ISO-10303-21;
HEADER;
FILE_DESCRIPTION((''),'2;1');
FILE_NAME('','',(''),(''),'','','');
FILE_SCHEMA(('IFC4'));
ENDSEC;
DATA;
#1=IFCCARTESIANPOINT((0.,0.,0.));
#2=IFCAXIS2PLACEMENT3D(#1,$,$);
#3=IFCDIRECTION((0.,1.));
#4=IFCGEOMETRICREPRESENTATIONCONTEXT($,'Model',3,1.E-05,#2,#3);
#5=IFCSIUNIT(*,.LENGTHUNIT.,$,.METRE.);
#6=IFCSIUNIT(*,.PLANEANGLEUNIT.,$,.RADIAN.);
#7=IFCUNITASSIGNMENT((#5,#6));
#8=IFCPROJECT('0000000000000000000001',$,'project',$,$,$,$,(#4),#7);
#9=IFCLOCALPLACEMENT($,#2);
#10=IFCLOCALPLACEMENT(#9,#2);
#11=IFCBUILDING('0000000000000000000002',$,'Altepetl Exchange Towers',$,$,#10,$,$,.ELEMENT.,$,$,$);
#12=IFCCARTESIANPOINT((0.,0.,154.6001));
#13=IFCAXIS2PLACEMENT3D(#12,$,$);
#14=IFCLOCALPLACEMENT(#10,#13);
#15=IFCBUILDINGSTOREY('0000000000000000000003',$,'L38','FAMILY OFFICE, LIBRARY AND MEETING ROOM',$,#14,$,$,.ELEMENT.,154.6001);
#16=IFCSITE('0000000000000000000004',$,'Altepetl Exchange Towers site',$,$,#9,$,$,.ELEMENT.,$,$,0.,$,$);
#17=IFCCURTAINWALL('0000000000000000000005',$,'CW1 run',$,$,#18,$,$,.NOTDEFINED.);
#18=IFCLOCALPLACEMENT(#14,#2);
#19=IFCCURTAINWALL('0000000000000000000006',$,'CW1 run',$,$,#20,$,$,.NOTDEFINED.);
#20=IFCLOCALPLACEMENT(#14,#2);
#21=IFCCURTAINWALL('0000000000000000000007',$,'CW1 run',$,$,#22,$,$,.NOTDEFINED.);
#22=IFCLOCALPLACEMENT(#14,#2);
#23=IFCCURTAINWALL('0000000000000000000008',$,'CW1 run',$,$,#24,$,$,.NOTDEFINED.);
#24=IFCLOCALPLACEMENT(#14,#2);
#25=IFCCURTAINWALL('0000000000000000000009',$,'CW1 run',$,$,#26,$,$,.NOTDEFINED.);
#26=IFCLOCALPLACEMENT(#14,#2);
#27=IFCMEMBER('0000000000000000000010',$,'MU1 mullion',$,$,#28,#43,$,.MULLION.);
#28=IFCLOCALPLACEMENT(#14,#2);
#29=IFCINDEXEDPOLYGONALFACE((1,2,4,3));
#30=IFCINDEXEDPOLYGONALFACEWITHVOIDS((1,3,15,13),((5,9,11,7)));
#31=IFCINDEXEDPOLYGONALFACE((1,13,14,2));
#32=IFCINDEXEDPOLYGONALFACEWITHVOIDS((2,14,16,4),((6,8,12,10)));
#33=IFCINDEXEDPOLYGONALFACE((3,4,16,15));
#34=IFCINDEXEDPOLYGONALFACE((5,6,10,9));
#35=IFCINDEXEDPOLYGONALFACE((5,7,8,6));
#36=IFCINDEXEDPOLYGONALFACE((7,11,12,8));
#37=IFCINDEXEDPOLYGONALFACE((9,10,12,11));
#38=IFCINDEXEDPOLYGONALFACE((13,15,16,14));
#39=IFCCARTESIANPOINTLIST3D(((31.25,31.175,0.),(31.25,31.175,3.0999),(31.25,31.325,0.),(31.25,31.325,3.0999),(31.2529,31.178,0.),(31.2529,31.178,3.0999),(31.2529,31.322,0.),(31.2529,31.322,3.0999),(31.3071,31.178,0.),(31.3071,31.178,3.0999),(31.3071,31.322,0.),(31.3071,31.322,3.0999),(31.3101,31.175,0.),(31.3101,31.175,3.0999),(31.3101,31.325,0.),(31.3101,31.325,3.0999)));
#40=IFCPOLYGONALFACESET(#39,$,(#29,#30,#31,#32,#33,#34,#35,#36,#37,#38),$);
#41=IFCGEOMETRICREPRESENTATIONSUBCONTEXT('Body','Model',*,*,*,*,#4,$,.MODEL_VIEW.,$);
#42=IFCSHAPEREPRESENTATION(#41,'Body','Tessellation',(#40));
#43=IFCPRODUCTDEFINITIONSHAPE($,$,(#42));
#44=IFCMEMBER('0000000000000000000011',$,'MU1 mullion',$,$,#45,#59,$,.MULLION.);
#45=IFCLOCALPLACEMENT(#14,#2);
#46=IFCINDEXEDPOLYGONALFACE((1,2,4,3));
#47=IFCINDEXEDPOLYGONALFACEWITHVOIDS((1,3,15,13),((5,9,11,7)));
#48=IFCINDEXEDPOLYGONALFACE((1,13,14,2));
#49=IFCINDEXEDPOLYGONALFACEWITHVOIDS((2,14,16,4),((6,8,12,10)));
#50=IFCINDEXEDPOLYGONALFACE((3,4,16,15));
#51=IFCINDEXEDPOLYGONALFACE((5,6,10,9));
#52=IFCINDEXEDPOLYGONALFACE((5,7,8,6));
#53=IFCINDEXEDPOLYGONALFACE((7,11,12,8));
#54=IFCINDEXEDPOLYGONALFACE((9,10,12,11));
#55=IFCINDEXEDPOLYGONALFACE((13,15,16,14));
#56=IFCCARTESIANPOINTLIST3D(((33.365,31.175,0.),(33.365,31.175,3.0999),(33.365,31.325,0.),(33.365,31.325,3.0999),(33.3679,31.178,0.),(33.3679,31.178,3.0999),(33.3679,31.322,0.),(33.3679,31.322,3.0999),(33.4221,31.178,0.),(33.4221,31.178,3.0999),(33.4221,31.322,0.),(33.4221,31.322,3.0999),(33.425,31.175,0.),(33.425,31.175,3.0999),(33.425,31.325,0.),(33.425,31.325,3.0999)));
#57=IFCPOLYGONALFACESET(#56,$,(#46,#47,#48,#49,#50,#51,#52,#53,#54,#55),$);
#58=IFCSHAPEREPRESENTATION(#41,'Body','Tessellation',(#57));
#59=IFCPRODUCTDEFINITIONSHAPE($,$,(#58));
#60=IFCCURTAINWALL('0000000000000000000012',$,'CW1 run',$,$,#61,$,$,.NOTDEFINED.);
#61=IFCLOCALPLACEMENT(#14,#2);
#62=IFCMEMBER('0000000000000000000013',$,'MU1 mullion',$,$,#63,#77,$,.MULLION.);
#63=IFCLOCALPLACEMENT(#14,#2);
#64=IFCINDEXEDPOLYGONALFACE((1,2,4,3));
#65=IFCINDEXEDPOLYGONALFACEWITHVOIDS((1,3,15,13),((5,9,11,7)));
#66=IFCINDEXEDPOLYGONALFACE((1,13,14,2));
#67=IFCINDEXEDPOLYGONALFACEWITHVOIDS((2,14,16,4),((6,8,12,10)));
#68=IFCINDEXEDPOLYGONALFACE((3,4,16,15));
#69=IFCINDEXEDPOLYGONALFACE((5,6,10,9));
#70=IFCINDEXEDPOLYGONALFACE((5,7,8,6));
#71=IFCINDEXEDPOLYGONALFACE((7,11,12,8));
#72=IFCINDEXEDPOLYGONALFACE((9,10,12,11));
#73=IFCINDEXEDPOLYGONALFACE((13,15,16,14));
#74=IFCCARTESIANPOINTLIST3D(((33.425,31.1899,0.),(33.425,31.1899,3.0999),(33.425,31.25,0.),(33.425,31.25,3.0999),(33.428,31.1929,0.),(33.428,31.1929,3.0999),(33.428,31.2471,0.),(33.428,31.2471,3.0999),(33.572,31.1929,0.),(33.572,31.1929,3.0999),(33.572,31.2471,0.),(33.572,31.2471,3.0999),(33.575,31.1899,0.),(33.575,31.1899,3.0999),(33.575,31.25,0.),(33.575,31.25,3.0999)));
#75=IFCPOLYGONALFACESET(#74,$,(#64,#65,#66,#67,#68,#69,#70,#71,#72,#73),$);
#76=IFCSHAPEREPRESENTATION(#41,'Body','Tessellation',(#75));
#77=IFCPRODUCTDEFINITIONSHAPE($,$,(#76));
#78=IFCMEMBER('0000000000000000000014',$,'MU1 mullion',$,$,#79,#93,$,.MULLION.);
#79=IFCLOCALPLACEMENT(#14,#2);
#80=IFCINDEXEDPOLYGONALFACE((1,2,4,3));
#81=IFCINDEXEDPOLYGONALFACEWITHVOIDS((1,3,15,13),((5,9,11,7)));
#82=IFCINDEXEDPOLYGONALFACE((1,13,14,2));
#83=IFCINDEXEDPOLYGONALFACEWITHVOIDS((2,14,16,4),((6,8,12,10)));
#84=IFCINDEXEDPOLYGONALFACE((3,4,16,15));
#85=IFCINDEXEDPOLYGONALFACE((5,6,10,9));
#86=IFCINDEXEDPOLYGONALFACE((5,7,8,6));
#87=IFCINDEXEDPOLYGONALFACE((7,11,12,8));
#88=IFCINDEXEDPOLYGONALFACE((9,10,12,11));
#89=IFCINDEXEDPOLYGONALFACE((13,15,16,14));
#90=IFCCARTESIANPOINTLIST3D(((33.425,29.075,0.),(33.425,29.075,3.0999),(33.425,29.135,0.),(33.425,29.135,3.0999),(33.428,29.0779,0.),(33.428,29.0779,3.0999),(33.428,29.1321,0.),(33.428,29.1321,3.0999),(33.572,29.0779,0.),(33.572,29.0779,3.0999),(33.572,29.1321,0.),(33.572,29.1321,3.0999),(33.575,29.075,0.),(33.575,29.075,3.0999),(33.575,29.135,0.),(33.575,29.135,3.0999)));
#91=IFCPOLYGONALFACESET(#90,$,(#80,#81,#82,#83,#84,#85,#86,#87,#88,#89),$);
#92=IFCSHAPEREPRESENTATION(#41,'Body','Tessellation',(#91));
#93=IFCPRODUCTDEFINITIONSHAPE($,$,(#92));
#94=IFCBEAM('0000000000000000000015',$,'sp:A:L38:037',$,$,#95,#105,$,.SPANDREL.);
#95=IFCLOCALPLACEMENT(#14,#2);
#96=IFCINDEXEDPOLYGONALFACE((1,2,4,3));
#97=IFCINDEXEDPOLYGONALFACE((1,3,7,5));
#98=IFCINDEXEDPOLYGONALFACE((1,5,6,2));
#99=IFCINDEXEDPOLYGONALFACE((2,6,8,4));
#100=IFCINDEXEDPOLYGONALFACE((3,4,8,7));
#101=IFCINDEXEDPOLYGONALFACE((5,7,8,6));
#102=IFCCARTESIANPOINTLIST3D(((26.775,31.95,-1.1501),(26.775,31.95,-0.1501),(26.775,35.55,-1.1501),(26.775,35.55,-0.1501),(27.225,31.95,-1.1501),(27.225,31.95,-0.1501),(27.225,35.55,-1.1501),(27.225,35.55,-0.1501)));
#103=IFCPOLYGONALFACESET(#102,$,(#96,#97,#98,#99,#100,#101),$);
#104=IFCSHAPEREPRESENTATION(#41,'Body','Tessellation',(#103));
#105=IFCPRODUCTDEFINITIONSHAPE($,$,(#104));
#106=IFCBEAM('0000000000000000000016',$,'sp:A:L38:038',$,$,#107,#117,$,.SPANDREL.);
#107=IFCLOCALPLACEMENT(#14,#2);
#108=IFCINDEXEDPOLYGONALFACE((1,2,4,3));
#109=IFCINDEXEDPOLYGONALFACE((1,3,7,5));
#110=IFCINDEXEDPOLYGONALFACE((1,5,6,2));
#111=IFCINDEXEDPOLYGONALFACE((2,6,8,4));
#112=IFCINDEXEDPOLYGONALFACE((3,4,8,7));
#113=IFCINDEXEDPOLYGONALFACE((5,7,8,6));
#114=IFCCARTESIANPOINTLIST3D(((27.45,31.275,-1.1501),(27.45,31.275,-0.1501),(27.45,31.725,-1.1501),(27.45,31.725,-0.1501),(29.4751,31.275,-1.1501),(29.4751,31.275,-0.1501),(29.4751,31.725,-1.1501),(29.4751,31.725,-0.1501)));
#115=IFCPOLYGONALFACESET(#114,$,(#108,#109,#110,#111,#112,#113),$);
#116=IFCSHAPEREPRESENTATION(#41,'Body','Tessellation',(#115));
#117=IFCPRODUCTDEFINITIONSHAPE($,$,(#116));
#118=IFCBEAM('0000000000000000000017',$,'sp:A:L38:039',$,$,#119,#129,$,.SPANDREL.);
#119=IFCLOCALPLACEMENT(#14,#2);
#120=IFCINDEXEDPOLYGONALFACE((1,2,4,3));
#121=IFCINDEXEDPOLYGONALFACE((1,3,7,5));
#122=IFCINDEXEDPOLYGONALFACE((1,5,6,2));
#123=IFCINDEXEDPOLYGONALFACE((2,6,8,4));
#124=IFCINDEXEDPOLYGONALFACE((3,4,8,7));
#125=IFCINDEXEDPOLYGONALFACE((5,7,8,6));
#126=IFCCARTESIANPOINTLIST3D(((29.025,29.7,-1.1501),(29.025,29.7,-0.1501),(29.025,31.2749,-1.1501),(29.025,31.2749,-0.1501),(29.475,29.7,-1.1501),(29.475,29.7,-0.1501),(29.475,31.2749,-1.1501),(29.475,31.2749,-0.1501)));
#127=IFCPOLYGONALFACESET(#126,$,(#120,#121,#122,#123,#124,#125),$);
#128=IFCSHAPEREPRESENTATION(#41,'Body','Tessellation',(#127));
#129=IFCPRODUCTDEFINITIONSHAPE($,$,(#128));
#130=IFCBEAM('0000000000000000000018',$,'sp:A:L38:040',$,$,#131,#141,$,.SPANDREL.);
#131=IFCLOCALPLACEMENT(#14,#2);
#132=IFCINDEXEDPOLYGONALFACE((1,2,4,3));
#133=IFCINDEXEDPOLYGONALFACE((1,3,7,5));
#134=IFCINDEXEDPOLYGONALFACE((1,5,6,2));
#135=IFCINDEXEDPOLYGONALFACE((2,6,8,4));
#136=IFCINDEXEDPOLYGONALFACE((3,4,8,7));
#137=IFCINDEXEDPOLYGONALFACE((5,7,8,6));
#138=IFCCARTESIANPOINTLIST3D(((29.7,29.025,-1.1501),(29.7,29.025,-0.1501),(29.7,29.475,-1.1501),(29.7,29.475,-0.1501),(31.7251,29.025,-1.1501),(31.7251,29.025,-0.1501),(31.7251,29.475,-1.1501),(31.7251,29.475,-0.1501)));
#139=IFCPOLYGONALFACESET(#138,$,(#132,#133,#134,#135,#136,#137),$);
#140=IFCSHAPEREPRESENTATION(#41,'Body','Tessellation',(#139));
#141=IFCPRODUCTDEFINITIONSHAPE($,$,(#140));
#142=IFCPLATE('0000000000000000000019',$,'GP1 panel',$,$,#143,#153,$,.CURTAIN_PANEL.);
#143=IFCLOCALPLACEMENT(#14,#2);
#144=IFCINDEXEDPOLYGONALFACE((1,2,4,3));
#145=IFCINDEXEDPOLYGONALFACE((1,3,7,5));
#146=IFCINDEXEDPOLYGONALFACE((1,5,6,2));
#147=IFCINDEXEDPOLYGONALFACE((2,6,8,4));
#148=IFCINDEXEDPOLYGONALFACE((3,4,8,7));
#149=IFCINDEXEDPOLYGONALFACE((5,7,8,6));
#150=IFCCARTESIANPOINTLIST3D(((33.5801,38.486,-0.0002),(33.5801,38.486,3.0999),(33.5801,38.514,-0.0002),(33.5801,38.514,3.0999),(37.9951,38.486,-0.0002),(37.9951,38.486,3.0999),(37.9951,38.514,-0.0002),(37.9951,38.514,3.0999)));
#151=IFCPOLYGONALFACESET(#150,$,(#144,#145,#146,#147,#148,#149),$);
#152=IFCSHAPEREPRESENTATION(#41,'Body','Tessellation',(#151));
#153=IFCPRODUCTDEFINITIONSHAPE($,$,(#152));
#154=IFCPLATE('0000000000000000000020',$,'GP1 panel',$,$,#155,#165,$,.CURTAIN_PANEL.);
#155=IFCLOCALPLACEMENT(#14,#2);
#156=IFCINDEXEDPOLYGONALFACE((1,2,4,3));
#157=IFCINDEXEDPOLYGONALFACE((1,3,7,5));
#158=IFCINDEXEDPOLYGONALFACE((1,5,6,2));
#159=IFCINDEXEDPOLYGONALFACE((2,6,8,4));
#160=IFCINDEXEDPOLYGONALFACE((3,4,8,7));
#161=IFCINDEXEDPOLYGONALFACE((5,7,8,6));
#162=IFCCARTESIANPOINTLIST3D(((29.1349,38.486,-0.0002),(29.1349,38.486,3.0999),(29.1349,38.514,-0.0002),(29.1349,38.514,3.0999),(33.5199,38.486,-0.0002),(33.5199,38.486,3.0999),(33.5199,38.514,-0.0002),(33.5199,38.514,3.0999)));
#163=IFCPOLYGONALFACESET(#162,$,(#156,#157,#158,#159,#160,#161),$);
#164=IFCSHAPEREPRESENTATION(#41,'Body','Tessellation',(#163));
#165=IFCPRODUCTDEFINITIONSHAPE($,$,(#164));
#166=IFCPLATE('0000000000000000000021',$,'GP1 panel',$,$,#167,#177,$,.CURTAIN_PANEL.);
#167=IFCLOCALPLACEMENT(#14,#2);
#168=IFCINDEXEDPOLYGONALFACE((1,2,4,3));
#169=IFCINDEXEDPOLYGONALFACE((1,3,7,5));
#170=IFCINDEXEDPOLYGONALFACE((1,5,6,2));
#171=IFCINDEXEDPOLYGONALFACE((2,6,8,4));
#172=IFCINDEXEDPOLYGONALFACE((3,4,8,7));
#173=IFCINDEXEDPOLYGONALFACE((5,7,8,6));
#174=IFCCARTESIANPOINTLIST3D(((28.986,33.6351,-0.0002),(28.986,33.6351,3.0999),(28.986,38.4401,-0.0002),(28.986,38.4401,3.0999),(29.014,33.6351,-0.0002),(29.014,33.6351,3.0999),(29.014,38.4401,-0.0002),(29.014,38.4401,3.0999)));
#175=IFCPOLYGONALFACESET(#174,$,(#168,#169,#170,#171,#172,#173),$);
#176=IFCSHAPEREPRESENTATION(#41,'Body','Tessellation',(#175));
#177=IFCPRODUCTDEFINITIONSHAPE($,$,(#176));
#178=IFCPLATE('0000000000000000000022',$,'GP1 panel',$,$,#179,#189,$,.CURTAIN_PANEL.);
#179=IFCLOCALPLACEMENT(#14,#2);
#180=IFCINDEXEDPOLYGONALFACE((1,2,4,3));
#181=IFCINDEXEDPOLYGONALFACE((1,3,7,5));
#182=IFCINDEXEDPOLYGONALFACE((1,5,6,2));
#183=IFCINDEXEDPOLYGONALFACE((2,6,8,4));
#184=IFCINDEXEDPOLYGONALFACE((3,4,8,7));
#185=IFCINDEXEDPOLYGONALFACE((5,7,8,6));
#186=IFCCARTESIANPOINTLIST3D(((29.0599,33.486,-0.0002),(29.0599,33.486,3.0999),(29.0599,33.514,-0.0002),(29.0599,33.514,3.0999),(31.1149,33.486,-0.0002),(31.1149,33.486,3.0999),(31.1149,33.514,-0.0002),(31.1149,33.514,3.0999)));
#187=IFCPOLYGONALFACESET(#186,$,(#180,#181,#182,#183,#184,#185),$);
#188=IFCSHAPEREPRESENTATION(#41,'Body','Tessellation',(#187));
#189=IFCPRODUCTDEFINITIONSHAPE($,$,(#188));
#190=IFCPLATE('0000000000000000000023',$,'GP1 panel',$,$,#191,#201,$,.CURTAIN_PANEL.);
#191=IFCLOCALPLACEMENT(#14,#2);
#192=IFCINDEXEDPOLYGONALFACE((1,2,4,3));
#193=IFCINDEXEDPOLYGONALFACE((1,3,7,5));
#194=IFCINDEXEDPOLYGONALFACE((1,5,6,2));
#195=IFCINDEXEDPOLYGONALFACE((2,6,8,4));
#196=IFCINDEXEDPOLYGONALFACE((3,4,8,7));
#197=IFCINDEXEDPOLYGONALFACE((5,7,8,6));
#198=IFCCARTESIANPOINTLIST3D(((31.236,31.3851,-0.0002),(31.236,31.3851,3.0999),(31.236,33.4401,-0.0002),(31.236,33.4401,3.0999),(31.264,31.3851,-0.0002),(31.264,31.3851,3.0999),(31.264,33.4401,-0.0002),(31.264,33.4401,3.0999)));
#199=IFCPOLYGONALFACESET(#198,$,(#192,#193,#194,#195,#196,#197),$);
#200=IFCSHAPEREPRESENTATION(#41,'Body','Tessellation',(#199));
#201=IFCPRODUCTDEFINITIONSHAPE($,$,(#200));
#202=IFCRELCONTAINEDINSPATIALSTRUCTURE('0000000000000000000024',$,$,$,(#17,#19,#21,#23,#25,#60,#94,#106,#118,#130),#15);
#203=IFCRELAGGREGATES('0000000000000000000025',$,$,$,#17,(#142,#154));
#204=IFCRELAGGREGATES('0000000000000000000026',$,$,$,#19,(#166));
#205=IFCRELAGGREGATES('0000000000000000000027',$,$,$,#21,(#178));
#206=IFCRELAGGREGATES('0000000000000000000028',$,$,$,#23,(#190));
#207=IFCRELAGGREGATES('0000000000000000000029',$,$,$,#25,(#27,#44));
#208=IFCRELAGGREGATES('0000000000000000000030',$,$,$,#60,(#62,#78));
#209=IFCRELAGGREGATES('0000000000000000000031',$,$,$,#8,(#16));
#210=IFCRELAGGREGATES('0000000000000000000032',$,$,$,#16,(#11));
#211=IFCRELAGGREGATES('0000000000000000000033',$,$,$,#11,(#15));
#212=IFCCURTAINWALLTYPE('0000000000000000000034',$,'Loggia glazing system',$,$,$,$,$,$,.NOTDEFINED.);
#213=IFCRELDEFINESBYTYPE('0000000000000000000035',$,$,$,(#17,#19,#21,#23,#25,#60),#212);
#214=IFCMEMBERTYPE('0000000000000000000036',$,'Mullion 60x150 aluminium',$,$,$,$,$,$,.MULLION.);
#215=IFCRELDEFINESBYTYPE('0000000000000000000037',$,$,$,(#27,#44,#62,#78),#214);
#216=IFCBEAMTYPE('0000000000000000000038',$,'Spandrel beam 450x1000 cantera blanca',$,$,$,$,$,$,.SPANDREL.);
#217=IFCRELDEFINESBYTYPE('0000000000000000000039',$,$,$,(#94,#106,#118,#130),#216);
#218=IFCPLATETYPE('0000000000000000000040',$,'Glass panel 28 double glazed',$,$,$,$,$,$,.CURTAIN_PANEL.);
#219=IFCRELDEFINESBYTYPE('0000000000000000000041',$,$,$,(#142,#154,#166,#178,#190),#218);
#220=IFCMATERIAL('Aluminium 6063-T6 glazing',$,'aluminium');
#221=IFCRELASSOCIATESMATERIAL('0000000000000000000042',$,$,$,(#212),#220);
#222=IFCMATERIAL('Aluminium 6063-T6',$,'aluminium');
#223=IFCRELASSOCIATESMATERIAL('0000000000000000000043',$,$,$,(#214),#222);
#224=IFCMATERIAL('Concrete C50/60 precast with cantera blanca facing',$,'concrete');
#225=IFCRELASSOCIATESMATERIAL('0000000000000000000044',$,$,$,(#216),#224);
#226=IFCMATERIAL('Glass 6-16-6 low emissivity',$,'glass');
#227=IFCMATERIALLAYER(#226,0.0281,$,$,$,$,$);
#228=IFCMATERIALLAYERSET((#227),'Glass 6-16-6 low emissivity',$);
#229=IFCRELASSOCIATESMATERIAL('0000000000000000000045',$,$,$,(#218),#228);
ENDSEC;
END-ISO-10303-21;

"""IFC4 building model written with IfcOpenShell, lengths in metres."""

from ifc_helpers import new_model, si_unit, direction, frame, origin, origin_2d, place, context, subcontext, project, spatial, rectangle, hollow_rectangle, extrude, material, layer, layer_set, material_profile, profile_set, type_object, element, aggregate, save


model = new_model("IFC4")

# Units and contexts
model_context = context("Model", 3, precision=1e-05, world=origin(), true_north=direction((0.0, 1.0)))
body_context = subcontext(model_context, "Body", "Model", "MODEL_VIEW")
ifc_project = project(units=[si_unit("LENGTHUNIT", "METRE"), si_unit("PLANEANGLEUNIT", "RADIAN")], contexts=[model_context])

# Site, building, storey
site_placement = place(None, origin())
site = spatial("IfcSite", under=ifc_project, at=site_placement, Name="Altepetl Exchange Towers site", CompositionType="ELEMENT", RefElevation=0.0)
building_placement = place(site_placement, origin())
building = spatial("IfcBuilding", under=site, at=building_placement, Name="Altepetl Exchange Towers", CompositionType="ELEMENT")
storey_placement = place(building_placement, frame((0.0, 0.0, 154.6001)))
storey = spatial("IfcBuildingStorey", under=building, at=storey_placement, Name="L38", Description="FAMILY OFFICE, LIBRARY AND MEETING ROOM", CompositionType="ELEMENT", Elevation=154.6001)

# Curtain walls, members
ifc_material_1 = material(Name="Aluminium 6063-T6 glazing", Category="aluminium")
curtain_wall_type = type_object("IfcCurtainWallType", Name="Loggia glazing system", PredefinedType="NOTDEFINED", material=ifc_material_1)
curtain_wall_1_placement = place(storey_placement, origin())
curtain_wall_1 = element("IfcCurtainWall", 1, at=curtain_wall_1_placement, inside=storey, type_object=curtain_wall_type, Name="CW1 run", PredefinedType="NOTDEFINED")
ifc_material_2 = material(Name="Aluminium 6063-T6", Category="aluminium")
ifc_material_profile_1 = material_profile(ifc_material_2, hollow_rectangle(XDim=0.0601, YDim=0.1499, WallThickness=0.0029, at=origin_2d()), Name="Mullion 60x150 aluminium")
ifc_profile_set_1 = profile_set([ifc_material_profile_1], Name="Aluminium 6063-T6")
member_type = type_object("IfcMemberType", Name="Mullion 60x150 aluminium", PredefinedType="MULLION", material=ifc_profile_set_1)
curtain_wall_2_placement = place(storey_placement, origin())
curtain_wall_2 = element("IfcCurtainWall", 2, at=curtain_wall_2_placement, inside=storey, type_object=curtain_wall_type, Name="CW1 run", PredefinedType="NOTDEFINED")
curtain_wall_3_placement = place(storey_placement, origin())
curtain_wall_3 = element("IfcCurtainWall", 3, at=curtain_wall_3_placement, inside=storey, type_object=curtain_wall_type, Name="CW1 run", PredefinedType="NOTDEFINED")
curtain_wall_4_placement = place(storey_placement, origin())
curtain_wall_4 = element("IfcCurtainWall", 4, at=curtain_wall_4_placement, inside=storey, type_object=curtain_wall_type, Name="CW1 run", PredefinedType="NOTDEFINED")
curtain_wall_5_placement = place(storey_placement, origin())
curtain_wall_5 = element("IfcCurtainWall", 5, at=curtain_wall_5_placement, inside=storey, type_object=curtain_wall_type, Name="CW1 run", PredefinedType="NOTDEFINED")
member_1_placement = place(storey_placement, frame((31.28, 31.25, 0.0)))
member_1 = element("IfcMember", 6, at=member_1_placement, type_object=member_type, Name="MU1 mullion", PredefinedType="MULLION", context=body_context, shape_type="SweptSolid", body=[
    extrude(hollow_rectangle(XDim=0.0601, YDim=0.1499, WallThickness=0.0029, at=origin_2d()), origin(), (0.0, 0.0, 1.0), 3.0999),
])
member_2_placement = place(storey_placement, frame((33.395, 31.25, 0.0)))
member_2 = element("IfcMember", 7, at=member_2_placement, type_object=member_type, Name="MU1 mullion", PredefinedType="MULLION", context=body_context, shape_type="SweptSolid", body=[
    extrude(hollow_rectangle(XDim=0.0601, YDim=0.1499, WallThickness=0.0029, at=origin_2d()), origin(), (0.0, 0.0, 1.0), 3.0999),
])
curtain_wall_6_placement = place(storey_placement, origin())
curtain_wall_6 = element("IfcCurtainWall", 8, at=curtain_wall_6_placement, inside=storey, type_object=curtain_wall_type, Name="CW1 run", PredefinedType="NOTDEFINED")
member_3_placement = place(storey_placement, frame((33.5, 31.22, 0.0), z_axis=(0.0, 0.0, 1.0), x_axis=(0.0, -1.0, 0.0)))
member_3 = element("IfcMember", 9, at=member_3_placement, type_object=member_type, Name="MU1 mullion", PredefinedType="MULLION", context=body_context, shape_type="SweptSolid", body=[
    extrude(hollow_rectangle(XDim=0.0601, YDim=0.1499, WallThickness=0.0029, at=origin_2d()), origin(), (0.0, 0.0, 1.0), 3.0999),
])
member_4_placement = place(storey_placement, frame((33.5, 29.105, 0.0), z_axis=(0.0, 0.0, 1.0), x_axis=(0.0, -1.0, 0.0)))
member_4 = element("IfcMember", 10, at=member_4_placement, type_object=member_type, Name="MU1 mullion", PredefinedType="MULLION", context=body_context, shape_type="SweptSolid", body=[
    extrude(hollow_rectangle(XDim=0.0601, YDim=0.1499, WallThickness=0.0029, at=origin_2d()), origin(), (0.0, 0.0, 1.0), 3.0999),
])

# Beams
ifc_material_3 = material(Name="Concrete C50/60 precast with cantera blanca facing", Category="concrete")
ifc_material_profile_2 = material_profile(ifc_material_3, rectangle(XDim=0.45, YDim=1.0, at=origin_2d()), Name="450 x 1000")
ifc_profile_set_2 = profile_set([ifc_material_profile_2], Name="Concrete C50/60 precast with cantera blanca facing")
beam_type_1 = type_object("IfcBeamType", Name="Spandrel beam 450x1000 cantera blanca", PredefinedType="SPANDREL", material=ifc_profile_set_2)
beam_1_placement = place(storey_placement, frame((27.0, 35.55, -0.6501), z_axis=(0.0, -1.0, 0.0), x_axis=(1.0, 0.0, 0.0)))
element("IfcBeam", 11, at=beam_1_placement, inside=storey, type_object=beam_type_1, Name="sp:A:L38:037", PredefinedType="SPANDREL", context=body_context, shape_type="SweptSolid", body=[
    extrude(rectangle(XDim=0.45, YDim=1.0, at=origin_2d()), origin(), (0.0, 0.0, 1.0), 3.6001),
])
beam_2_placement = place(storey_placement, frame((27.45, 31.5, -0.6501), z_axis=(1.0, 0.0, 0.0), x_axis=(0.0, 1.0, 0.0)))
element("IfcBeam", 12, at=beam_2_placement, inside=storey, type_object=beam_type_1, Name="sp:A:L38:038", PredefinedType="SPANDREL", context=body_context, shape_type="SweptSolid", body=[
    extrude(rectangle(XDim=0.45, YDim=1.0, at=origin_2d()), origin(), (0.0, 0.0, 1.0), 2.0251),
])
beam_3_placement = place(storey_placement, frame((29.25, 31.2749, -0.6501), z_axis=(0.0, -1.0, 0.0), x_axis=(1.0, 0.0, 0.0)))
element("IfcBeam", 13, at=beam_3_placement, inside=storey, type_object=beam_type_1, Name="sp:A:L38:039", PredefinedType="SPANDREL", context=body_context, shape_type="SweptSolid", body=[
    extrude(rectangle(XDim=0.45, YDim=1.0, at=origin_2d()), origin(), (0.0, 0.0, 1.0), 1.575),
])
beam_4_placement = place(storey_placement, frame((29.7, 29.25, -0.6501), z_axis=(1.0, 0.0, 0.0), x_axis=(0.0, 1.0, 0.0)))
element("IfcBeam", 14, at=beam_4_placement, inside=storey, type_object=beam_type_1, Name="sp:A:L38:040", PredefinedType="SPANDREL", context=body_context, shape_type="SweptSolid", body=[
    extrude(rectangle(XDim=0.45, YDim=1.0, at=origin_2d()), origin(), (0.0, 0.0, 1.0), 2.0251),
])

# Plates
ifc_material_4 = material(Name="Glass 6-16-6 low emissivity", Category="glass")
ifc_layer = layer(ifc_material_4, 0.0281)
ifc_layer_set = layer_set([ifc_layer], Name="Glass 6-16-6 low emissivity")
plate_type = type_object("IfcPlateType", Name="Glass panel 28 double glazed", PredefinedType="CURTAIN_PANEL", material=ifc_layer_set)
plate_1_placement = place(storey_placement, frame((35.7876, 38.5, -0.0002), z_axis=(0.0, 0.0, 1.0), x_axis=(-1.0, 0.0, 0.0)))
plate_1 = element("IfcPlate", 15, at=plate_1_placement, type_object=plate_type, Name="GP1 panel", PredefinedType="CURTAIN_PANEL", context=body_context, shape_type="SweptSolid", body=[
    extrude(rectangle(XDim=4.415, YDim=0.0281, at=origin_2d()), origin(), (0.0, 0.0, 1.0), 3.1001),
])
plate_2_placement = place(storey_placement, frame((31.3274, 38.5, -0.0002), z_axis=(0.0, 0.0, 1.0), x_axis=(-1.0, 0.0, 0.0)))
plate_2 = element("IfcPlate", 16, at=plate_2_placement, type_object=plate_type, Name="GP1 panel", PredefinedType="CURTAIN_PANEL", context=body_context, shape_type="SweptSolid", body=[
    extrude(rectangle(XDim=4.385, YDim=0.0281, at=origin_2d()), origin(), (0.0, 0.0, 1.0), 3.1001),
])
aggregate(curtain_wall_1, [plate_1, plate_2])
plate_3_placement = place(storey_placement, frame((29.0, 36.0376, -0.0002), z_axis=(0.0, 0.0, 1.0), x_axis=(0.0, -1.0, 0.0)))
plate_3 = element("IfcPlate", 17, at=plate_3_placement, type_object=plate_type, Name="GP1 panel", PredefinedType="CURTAIN_PANEL", context=body_context, shape_type="SweptSolid", body=[
    extrude(rectangle(XDim=4.8049, YDim=0.0281, at=origin_2d()), origin(), (0.0, 0.0, 1.0), 3.1001),
])
aggregate(curtain_wall_2, [plate_3])
plate_4_placement = place(storey_placement, frame((30.0874, 33.5, -0.0002)))
plate_4 = element("IfcPlate", 18, at=plate_4_placement, type_object=plate_type, Name="GP1 panel", PredefinedType="CURTAIN_PANEL", context=body_context, shape_type="SweptSolid", body=[
    extrude(rectangle(XDim=2.0549, YDim=0.0281, at=origin_2d()), origin(), (0.0, 0.0, 1.0), 3.1001),
])
aggregate(curtain_wall_3, [plate_4])
plate_5_placement = place(storey_placement, frame((31.25, 32.4126, -0.0002), z_axis=(0.0, 0.0, 1.0), x_axis=(0.0, -1.0, 0.0)))
plate_5 = element("IfcPlate", 19, at=plate_5_placement, type_object=plate_type, Name="GP1 panel", PredefinedType="CURTAIN_PANEL", context=body_context, shape_type="SweptSolid", body=[
    extrude(rectangle(XDim=2.0549, YDim=0.0281, at=origin_2d()), origin(), (0.0, 0.0, 1.0), 3.1001),
])
aggregate(curtain_wall_4, [plate_5])
aggregate(curtain_wall_5, [member_1, member_2])
aggregate(curtain_wall_6, [member_3, member_4])

save(model, "model.ifc")
